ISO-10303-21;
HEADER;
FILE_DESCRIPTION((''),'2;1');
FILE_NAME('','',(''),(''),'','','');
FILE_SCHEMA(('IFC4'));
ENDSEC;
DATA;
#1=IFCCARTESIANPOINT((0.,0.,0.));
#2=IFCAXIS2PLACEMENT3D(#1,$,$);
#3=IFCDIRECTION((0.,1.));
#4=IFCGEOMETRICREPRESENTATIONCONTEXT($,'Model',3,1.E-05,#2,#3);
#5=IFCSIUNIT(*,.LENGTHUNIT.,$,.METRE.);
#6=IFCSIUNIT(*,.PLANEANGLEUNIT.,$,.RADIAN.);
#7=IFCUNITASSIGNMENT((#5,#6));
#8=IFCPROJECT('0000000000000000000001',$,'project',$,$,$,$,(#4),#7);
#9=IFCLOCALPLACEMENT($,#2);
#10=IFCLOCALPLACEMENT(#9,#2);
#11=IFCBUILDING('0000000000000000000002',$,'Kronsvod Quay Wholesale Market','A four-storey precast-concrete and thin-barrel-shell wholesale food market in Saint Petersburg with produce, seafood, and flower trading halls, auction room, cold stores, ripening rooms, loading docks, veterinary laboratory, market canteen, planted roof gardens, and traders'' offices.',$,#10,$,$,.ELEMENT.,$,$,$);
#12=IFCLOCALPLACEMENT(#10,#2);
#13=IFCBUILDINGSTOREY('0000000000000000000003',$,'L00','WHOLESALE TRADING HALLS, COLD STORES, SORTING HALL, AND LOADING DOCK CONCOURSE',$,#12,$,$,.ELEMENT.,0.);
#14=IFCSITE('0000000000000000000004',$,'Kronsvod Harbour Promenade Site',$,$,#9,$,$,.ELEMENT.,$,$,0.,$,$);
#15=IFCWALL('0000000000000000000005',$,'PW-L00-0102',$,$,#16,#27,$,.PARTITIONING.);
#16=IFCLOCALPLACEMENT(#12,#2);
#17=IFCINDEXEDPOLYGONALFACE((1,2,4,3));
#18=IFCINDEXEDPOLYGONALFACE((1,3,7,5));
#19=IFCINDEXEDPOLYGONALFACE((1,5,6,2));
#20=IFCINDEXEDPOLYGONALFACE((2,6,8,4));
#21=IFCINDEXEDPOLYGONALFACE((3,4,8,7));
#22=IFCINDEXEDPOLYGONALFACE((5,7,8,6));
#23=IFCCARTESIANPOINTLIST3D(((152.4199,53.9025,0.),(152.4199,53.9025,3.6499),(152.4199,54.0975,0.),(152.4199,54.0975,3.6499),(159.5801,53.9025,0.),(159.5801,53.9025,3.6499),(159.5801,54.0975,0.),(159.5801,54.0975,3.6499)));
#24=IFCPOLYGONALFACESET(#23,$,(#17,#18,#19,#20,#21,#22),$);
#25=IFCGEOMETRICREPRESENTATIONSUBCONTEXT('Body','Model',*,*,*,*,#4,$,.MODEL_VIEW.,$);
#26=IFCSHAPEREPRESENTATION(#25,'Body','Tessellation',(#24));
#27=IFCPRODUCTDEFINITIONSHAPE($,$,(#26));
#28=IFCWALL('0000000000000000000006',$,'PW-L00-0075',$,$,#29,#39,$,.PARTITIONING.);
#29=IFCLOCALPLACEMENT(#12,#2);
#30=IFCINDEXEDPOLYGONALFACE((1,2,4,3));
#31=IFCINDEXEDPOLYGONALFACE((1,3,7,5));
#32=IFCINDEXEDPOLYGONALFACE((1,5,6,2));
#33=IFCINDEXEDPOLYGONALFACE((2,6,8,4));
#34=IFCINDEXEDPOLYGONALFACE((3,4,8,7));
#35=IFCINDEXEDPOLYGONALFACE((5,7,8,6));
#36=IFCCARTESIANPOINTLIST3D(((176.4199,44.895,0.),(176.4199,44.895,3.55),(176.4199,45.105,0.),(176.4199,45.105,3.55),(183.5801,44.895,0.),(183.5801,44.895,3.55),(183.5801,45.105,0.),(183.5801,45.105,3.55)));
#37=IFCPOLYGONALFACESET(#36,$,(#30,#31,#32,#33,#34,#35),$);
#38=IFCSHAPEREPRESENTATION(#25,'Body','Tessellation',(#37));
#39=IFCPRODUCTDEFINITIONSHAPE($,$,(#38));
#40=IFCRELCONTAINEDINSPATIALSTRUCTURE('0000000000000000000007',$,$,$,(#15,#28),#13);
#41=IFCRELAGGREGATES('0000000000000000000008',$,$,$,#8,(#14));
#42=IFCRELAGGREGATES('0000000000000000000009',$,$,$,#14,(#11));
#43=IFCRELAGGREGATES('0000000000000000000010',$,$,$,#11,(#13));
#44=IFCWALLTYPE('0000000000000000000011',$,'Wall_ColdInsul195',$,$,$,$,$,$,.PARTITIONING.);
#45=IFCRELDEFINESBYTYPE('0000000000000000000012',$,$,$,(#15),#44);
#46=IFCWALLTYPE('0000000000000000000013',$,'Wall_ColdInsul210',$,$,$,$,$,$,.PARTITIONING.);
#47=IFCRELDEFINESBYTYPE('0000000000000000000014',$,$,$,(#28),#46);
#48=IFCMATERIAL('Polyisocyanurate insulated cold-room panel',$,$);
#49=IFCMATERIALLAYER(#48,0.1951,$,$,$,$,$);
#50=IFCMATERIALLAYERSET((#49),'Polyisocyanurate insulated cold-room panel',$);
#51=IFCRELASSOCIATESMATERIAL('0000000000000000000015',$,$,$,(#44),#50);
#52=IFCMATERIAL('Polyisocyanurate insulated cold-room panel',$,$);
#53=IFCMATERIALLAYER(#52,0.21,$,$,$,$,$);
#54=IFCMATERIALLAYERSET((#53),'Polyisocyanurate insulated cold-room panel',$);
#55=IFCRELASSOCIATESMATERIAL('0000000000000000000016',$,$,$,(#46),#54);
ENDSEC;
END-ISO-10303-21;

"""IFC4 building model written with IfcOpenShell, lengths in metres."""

from ifc_helpers import new_model, si_unit, direction, frame, frame_2d, origin, place, context, subcontext, project, spatial, rectangle, extrude, material, layer, layer_set, type_object, element, save


model = new_model("IFC4")

# Units and contexts
model_context = context("Model", 3, precision=1e-05, world=origin(), true_north=direction((0.0, 1.0)))
body_context = subcontext(model_context, "Body", "Model", "MODEL_VIEW")
ifc_project = project(units=[si_unit("LENGTHUNIT", "METRE"), si_unit("PLANEANGLEUNIT", "RADIAN")], contexts=[model_context])

# Site, building, storey
site_placement = place(None, origin())
site = spatial("IfcSite", under=ifc_project, at=site_placement, Name="Kronsvod Harbour Promenade Site", CompositionType="ELEMENT", RefElevation=0.0)
building_placement = place(site_placement, origin())
building = spatial("IfcBuilding", under=site, at=building_placement, Name="Kronsvod Quay Wholesale Market", Description="A four-storey precast-concrete and thin-barrel-shell wholesale food market in Saint Petersburg with produce, seafood, and flower trading halls, auction room, cold stores, ripening rooms, loading docks, veterinary laboratory, market canteen, planted roof gardens, and traders' offices.", CompositionType="ELEMENT")
storey_placement = place(building_placement, origin())
storey = spatial("IfcBuildingStorey", under=building, at=storey_placement, Name="L00", Description="WHOLESALE TRADING HALLS, COLD STORES, SORTING HALL, AND LOADING DOCK CONCOURSE", CompositionType="ELEMENT", Elevation=0.0)

# Walls
ifc_material_1 = material(Name="Polyisocyanurate insulated cold-room panel")
ifc_layer_1 = layer(ifc_material_1, 0.1951)
ifc_layer_set_1 = layer_set([ifc_layer_1], Name="Polyisocyanurate insulated cold-room panel")
wall_type_1 = type_object("IfcWallType", Name="Wall_ColdInsul195", PredefinedType="PARTITIONING", material=ifc_layer_set_1)
wall_1_placement = place(storey_placement, frame((152.4199, 54.0, 0.0), z_axis=(0.0, 0.0, 1.0), x_axis=(1.0, 0.0, 0.0)))
element("IfcWall", 1, at=wall_1_placement, inside=storey, type_object=wall_type_1, Name="PW-L00-0102", PredefinedType="PARTITIONING", context=body_context, shape_type="SweptSolid", body=[
    extrude(rectangle(XDim=7.1602, YDim=0.1951, at=frame_2d((3.5801, 0.0))), origin(), (0.0, 0.0, 1.0), 3.6499),
])
ifc_material_2 = material(Name="Polyisocyanurate insulated cold-room panel")
ifc_layer_2 = layer(ifc_material_2, 0.21)
ifc_layer_set_2 = layer_set([ifc_layer_2], Name="Polyisocyanurate insulated cold-room panel")
wall_type_2 = type_object("IfcWallType", Name="Wall_ColdInsul210", PredefinedType="PARTITIONING", material=ifc_layer_set_2)
wall_2_placement = place(storey_placement, frame((176.4199, 45.0, 0.0), z_axis=(0.0, 0.0, 1.0), x_axis=(1.0, 0.0, 0.0)))
element("IfcWall", 2, at=wall_2_placement, inside=storey, type_object=wall_type_2, Name="PW-L00-0075", PredefinedType="PARTITIONING", context=body_context, shape_type="SweptSolid", body=[
    extrude(rectangle(XDim=7.1602, YDim=0.21, at=frame_2d((3.5801, 0.0))), origin(), (0.0, 0.0, 1.0), 3.55),
])

save(model, "model.ifc")
